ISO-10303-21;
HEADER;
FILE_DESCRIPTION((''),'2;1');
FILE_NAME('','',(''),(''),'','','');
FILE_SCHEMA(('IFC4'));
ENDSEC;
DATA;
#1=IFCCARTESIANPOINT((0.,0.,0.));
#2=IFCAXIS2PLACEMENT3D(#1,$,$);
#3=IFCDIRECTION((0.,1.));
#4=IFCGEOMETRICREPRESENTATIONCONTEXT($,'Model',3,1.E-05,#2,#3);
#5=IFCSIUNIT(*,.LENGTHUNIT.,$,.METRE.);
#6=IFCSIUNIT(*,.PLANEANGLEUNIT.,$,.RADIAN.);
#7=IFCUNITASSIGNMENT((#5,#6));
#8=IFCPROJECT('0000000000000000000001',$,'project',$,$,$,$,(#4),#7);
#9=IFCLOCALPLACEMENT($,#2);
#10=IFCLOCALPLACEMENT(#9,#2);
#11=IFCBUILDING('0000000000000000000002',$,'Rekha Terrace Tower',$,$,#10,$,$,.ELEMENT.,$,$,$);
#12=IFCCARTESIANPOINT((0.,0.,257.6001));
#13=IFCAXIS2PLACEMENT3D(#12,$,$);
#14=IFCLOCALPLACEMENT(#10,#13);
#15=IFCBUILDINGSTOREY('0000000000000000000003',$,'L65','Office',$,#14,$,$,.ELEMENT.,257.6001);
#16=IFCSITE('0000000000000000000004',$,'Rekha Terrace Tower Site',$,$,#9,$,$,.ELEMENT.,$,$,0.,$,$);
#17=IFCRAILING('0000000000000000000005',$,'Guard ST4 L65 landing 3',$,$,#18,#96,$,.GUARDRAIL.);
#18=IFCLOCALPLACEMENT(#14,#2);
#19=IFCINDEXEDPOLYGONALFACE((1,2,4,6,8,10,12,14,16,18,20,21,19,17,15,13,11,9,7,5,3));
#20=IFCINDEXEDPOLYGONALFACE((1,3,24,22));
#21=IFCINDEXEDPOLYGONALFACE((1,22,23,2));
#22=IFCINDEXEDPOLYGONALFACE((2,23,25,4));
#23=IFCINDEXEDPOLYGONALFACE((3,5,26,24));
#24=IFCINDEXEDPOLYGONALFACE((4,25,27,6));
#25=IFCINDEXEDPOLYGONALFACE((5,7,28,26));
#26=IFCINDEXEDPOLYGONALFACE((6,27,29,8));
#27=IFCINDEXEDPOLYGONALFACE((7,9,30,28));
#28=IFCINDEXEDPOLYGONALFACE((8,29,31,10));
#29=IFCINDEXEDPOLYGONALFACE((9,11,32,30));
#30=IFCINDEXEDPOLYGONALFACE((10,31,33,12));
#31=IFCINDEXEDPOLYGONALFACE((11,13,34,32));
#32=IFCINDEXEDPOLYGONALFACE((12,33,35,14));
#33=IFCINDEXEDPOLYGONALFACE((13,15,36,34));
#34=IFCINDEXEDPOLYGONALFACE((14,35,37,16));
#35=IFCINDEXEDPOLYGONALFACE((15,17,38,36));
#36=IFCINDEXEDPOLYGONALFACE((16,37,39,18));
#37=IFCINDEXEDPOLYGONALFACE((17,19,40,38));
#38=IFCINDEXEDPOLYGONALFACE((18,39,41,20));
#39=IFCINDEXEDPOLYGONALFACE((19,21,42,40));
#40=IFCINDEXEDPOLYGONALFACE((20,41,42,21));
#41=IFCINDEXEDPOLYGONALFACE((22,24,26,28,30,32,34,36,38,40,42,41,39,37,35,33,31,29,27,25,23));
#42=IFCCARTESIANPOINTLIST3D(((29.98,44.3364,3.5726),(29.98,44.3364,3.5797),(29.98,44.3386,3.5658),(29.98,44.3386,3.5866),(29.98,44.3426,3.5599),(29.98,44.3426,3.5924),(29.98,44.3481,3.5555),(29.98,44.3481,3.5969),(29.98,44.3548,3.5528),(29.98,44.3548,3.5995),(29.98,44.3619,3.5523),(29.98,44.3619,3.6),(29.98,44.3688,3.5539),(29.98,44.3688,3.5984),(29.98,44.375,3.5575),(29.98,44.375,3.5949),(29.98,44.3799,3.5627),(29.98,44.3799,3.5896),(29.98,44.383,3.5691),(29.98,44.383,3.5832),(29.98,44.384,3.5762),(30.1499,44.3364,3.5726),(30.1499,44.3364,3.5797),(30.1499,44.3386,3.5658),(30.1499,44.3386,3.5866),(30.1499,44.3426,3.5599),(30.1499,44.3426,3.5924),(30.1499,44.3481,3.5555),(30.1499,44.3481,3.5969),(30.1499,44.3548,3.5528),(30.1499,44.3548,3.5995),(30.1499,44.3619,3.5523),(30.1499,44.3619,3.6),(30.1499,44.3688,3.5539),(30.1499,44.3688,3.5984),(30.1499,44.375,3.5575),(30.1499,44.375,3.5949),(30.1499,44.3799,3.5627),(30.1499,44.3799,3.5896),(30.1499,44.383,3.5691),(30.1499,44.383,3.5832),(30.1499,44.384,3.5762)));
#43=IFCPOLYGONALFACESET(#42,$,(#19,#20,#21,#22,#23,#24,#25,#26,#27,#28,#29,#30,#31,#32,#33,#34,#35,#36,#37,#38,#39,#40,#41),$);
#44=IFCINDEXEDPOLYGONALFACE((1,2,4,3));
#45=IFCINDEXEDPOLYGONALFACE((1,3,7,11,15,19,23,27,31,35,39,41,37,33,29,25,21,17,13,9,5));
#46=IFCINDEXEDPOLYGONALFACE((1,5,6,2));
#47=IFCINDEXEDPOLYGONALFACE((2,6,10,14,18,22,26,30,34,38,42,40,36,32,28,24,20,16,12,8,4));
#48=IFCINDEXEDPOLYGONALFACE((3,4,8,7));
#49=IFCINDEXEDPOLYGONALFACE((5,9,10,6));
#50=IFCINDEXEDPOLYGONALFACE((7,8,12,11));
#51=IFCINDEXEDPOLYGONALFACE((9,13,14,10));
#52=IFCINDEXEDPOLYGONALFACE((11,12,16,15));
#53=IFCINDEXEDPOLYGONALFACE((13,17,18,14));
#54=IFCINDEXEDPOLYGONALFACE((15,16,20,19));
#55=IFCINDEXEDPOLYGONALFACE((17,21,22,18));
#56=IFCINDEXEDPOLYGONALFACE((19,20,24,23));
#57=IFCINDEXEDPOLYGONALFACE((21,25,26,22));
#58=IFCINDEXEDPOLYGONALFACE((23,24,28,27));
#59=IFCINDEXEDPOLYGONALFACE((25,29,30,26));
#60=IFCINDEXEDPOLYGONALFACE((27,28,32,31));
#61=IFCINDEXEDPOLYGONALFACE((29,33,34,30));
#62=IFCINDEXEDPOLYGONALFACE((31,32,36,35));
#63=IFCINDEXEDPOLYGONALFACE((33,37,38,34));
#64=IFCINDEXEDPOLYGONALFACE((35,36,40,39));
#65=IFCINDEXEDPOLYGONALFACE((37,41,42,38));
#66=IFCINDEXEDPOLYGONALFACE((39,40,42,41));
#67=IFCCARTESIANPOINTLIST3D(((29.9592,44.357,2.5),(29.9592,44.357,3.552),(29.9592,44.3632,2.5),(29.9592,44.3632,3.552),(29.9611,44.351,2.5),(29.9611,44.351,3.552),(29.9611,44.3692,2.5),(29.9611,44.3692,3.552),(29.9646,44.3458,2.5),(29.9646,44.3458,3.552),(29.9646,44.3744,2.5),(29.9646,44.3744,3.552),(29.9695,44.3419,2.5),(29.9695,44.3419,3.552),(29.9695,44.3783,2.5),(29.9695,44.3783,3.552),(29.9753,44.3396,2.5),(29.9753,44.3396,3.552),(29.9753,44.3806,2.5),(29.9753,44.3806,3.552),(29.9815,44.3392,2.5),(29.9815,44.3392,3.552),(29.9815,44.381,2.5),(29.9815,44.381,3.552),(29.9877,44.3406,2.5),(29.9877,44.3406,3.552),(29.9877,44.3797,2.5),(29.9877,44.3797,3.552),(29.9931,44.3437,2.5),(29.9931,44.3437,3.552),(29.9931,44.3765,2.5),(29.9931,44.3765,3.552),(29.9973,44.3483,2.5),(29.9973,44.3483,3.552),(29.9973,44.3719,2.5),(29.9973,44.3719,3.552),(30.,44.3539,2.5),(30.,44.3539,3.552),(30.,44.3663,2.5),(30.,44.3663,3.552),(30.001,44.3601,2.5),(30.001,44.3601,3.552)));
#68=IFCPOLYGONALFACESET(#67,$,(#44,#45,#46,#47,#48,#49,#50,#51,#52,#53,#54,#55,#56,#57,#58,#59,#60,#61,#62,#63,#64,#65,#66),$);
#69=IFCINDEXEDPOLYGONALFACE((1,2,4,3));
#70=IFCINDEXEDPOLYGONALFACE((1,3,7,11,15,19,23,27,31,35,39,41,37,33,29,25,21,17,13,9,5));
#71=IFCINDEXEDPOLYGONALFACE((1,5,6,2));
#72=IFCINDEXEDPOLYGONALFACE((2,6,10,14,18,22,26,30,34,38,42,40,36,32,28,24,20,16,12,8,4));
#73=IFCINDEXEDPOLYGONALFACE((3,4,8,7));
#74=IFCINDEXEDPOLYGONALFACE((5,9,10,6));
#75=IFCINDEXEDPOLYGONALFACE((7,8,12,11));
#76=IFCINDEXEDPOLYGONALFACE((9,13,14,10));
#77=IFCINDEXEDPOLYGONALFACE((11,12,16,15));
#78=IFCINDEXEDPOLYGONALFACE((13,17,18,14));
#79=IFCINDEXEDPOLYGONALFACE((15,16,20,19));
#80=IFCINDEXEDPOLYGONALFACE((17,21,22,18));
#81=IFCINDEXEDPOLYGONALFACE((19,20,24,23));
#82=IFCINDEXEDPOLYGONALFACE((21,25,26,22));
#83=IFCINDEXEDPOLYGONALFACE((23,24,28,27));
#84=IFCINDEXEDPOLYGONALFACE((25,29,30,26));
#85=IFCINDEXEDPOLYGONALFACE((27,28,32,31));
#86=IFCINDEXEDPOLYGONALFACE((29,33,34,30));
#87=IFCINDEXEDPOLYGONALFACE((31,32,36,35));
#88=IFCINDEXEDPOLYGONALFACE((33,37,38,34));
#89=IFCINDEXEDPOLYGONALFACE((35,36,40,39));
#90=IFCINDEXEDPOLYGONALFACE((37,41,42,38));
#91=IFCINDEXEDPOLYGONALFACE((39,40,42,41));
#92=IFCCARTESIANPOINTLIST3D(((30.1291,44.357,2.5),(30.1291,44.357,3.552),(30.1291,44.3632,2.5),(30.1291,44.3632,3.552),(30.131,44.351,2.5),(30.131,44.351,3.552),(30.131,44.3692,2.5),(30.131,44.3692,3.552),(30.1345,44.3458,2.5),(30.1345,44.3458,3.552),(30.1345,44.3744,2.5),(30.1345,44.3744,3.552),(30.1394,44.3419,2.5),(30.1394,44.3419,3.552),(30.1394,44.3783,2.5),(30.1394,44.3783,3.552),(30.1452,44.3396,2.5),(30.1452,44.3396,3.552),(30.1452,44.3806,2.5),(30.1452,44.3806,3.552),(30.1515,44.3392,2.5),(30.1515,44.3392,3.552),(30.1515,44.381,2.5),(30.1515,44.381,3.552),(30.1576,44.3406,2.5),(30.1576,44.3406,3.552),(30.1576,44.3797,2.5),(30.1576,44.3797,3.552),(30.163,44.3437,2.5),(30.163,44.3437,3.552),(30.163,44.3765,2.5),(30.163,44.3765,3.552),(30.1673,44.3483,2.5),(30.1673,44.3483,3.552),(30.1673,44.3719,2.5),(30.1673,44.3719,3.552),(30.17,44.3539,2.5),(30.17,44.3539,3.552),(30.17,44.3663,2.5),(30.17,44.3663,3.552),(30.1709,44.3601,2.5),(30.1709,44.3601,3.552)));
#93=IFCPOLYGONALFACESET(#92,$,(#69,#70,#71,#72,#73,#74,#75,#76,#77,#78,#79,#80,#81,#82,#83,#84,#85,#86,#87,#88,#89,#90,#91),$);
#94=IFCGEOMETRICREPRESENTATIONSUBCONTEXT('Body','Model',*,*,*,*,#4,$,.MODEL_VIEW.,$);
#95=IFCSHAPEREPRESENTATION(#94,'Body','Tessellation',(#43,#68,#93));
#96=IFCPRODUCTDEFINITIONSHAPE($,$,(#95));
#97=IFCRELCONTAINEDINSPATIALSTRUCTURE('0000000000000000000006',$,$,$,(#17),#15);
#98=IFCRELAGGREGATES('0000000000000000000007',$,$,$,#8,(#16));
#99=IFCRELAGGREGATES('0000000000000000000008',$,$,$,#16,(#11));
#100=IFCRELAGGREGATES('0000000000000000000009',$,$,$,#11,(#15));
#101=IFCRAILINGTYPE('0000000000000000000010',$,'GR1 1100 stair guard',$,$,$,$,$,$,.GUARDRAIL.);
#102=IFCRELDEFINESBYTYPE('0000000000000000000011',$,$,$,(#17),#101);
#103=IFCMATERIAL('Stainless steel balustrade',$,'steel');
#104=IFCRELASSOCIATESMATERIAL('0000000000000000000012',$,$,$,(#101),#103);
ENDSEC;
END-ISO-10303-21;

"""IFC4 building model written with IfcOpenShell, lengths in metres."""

from ifc_helpers import new_model, si_unit, direction, frame, origin, origin_2d, place, context, subcontext, project, spatial, circle, extrude, material, type_object, element, save


model = new_model("IFC4")

# Units and contexts
model_context = context("Model", 3, precision=1e-05, world=origin(), true_north=direction((0.0, 1.0)))
body_context = subcontext(model_context, "Body", "Model", "MODEL_VIEW")
ifc_project = project(units=[si_unit("LENGTHUNIT", "METRE"), si_unit("PLANEANGLEUNIT", "RADIAN")], contexts=[model_context])

# Site, building, storey
site_placement = place(None, origin())
site = spatial("IfcSite", under=ifc_project, at=site_placement, Name="Rekha Terrace Tower Site", CompositionType="ELEMENT", RefElevation=0.0)
building_placement = place(site_placement, origin())
building = spatial("IfcBuilding", under=site, at=building_placement, Name="Rekha Terrace Tower", CompositionType="ELEMENT")
storey_placement = place(building_placement, frame((0.0, 0.0, 257.6001)))
storey = spatial("IfcBuildingStorey", under=building, at=storey_placement, Name="L65", Description="Office", CompositionType="ELEMENT", Elevation=257.6001)

# Railing
ifc_material_1 = material(Name="Stainless steel balustrade", Category="steel")
railing_type_1 = type_object("IfcRailingType", Name="GR1 1100 stair guard", PredefinedType="GUARDRAIL", material=ifc_material_1)
railing_1_placement = place(storey_placement, frame((29.98, 44.3601, 2.5)))
element("IfcRailing", 1, at=railing_1_placement, inside=storey, type_object=railing_type_1, Name="Guard ST4 L65 landing 3", PredefinedType="GUARDRAIL", context=body_context, shape_type="SweptSolid", body=[
    extrude(circle(Radius=0.0239, at=origin_2d()), frame((0.0, 0.0, 1.0762), z_axis=(1.0, 0.0, 0.0), x_axis=(0.0, 1.0, 0.0)), (0.0, 0.0, 1.0), 0.1699),
    extrude(circle(Radius=0.021, at=origin_2d()), origin(), (0.0, 0.0, 1.0), 1.052),
    extrude(circle(Radius=0.021, at=origin_2d()), frame((0.1699, 0.0, 0.0)), (0.0, 0.0, 1.0), 1.052),
])

save(model, "model.ifc")
